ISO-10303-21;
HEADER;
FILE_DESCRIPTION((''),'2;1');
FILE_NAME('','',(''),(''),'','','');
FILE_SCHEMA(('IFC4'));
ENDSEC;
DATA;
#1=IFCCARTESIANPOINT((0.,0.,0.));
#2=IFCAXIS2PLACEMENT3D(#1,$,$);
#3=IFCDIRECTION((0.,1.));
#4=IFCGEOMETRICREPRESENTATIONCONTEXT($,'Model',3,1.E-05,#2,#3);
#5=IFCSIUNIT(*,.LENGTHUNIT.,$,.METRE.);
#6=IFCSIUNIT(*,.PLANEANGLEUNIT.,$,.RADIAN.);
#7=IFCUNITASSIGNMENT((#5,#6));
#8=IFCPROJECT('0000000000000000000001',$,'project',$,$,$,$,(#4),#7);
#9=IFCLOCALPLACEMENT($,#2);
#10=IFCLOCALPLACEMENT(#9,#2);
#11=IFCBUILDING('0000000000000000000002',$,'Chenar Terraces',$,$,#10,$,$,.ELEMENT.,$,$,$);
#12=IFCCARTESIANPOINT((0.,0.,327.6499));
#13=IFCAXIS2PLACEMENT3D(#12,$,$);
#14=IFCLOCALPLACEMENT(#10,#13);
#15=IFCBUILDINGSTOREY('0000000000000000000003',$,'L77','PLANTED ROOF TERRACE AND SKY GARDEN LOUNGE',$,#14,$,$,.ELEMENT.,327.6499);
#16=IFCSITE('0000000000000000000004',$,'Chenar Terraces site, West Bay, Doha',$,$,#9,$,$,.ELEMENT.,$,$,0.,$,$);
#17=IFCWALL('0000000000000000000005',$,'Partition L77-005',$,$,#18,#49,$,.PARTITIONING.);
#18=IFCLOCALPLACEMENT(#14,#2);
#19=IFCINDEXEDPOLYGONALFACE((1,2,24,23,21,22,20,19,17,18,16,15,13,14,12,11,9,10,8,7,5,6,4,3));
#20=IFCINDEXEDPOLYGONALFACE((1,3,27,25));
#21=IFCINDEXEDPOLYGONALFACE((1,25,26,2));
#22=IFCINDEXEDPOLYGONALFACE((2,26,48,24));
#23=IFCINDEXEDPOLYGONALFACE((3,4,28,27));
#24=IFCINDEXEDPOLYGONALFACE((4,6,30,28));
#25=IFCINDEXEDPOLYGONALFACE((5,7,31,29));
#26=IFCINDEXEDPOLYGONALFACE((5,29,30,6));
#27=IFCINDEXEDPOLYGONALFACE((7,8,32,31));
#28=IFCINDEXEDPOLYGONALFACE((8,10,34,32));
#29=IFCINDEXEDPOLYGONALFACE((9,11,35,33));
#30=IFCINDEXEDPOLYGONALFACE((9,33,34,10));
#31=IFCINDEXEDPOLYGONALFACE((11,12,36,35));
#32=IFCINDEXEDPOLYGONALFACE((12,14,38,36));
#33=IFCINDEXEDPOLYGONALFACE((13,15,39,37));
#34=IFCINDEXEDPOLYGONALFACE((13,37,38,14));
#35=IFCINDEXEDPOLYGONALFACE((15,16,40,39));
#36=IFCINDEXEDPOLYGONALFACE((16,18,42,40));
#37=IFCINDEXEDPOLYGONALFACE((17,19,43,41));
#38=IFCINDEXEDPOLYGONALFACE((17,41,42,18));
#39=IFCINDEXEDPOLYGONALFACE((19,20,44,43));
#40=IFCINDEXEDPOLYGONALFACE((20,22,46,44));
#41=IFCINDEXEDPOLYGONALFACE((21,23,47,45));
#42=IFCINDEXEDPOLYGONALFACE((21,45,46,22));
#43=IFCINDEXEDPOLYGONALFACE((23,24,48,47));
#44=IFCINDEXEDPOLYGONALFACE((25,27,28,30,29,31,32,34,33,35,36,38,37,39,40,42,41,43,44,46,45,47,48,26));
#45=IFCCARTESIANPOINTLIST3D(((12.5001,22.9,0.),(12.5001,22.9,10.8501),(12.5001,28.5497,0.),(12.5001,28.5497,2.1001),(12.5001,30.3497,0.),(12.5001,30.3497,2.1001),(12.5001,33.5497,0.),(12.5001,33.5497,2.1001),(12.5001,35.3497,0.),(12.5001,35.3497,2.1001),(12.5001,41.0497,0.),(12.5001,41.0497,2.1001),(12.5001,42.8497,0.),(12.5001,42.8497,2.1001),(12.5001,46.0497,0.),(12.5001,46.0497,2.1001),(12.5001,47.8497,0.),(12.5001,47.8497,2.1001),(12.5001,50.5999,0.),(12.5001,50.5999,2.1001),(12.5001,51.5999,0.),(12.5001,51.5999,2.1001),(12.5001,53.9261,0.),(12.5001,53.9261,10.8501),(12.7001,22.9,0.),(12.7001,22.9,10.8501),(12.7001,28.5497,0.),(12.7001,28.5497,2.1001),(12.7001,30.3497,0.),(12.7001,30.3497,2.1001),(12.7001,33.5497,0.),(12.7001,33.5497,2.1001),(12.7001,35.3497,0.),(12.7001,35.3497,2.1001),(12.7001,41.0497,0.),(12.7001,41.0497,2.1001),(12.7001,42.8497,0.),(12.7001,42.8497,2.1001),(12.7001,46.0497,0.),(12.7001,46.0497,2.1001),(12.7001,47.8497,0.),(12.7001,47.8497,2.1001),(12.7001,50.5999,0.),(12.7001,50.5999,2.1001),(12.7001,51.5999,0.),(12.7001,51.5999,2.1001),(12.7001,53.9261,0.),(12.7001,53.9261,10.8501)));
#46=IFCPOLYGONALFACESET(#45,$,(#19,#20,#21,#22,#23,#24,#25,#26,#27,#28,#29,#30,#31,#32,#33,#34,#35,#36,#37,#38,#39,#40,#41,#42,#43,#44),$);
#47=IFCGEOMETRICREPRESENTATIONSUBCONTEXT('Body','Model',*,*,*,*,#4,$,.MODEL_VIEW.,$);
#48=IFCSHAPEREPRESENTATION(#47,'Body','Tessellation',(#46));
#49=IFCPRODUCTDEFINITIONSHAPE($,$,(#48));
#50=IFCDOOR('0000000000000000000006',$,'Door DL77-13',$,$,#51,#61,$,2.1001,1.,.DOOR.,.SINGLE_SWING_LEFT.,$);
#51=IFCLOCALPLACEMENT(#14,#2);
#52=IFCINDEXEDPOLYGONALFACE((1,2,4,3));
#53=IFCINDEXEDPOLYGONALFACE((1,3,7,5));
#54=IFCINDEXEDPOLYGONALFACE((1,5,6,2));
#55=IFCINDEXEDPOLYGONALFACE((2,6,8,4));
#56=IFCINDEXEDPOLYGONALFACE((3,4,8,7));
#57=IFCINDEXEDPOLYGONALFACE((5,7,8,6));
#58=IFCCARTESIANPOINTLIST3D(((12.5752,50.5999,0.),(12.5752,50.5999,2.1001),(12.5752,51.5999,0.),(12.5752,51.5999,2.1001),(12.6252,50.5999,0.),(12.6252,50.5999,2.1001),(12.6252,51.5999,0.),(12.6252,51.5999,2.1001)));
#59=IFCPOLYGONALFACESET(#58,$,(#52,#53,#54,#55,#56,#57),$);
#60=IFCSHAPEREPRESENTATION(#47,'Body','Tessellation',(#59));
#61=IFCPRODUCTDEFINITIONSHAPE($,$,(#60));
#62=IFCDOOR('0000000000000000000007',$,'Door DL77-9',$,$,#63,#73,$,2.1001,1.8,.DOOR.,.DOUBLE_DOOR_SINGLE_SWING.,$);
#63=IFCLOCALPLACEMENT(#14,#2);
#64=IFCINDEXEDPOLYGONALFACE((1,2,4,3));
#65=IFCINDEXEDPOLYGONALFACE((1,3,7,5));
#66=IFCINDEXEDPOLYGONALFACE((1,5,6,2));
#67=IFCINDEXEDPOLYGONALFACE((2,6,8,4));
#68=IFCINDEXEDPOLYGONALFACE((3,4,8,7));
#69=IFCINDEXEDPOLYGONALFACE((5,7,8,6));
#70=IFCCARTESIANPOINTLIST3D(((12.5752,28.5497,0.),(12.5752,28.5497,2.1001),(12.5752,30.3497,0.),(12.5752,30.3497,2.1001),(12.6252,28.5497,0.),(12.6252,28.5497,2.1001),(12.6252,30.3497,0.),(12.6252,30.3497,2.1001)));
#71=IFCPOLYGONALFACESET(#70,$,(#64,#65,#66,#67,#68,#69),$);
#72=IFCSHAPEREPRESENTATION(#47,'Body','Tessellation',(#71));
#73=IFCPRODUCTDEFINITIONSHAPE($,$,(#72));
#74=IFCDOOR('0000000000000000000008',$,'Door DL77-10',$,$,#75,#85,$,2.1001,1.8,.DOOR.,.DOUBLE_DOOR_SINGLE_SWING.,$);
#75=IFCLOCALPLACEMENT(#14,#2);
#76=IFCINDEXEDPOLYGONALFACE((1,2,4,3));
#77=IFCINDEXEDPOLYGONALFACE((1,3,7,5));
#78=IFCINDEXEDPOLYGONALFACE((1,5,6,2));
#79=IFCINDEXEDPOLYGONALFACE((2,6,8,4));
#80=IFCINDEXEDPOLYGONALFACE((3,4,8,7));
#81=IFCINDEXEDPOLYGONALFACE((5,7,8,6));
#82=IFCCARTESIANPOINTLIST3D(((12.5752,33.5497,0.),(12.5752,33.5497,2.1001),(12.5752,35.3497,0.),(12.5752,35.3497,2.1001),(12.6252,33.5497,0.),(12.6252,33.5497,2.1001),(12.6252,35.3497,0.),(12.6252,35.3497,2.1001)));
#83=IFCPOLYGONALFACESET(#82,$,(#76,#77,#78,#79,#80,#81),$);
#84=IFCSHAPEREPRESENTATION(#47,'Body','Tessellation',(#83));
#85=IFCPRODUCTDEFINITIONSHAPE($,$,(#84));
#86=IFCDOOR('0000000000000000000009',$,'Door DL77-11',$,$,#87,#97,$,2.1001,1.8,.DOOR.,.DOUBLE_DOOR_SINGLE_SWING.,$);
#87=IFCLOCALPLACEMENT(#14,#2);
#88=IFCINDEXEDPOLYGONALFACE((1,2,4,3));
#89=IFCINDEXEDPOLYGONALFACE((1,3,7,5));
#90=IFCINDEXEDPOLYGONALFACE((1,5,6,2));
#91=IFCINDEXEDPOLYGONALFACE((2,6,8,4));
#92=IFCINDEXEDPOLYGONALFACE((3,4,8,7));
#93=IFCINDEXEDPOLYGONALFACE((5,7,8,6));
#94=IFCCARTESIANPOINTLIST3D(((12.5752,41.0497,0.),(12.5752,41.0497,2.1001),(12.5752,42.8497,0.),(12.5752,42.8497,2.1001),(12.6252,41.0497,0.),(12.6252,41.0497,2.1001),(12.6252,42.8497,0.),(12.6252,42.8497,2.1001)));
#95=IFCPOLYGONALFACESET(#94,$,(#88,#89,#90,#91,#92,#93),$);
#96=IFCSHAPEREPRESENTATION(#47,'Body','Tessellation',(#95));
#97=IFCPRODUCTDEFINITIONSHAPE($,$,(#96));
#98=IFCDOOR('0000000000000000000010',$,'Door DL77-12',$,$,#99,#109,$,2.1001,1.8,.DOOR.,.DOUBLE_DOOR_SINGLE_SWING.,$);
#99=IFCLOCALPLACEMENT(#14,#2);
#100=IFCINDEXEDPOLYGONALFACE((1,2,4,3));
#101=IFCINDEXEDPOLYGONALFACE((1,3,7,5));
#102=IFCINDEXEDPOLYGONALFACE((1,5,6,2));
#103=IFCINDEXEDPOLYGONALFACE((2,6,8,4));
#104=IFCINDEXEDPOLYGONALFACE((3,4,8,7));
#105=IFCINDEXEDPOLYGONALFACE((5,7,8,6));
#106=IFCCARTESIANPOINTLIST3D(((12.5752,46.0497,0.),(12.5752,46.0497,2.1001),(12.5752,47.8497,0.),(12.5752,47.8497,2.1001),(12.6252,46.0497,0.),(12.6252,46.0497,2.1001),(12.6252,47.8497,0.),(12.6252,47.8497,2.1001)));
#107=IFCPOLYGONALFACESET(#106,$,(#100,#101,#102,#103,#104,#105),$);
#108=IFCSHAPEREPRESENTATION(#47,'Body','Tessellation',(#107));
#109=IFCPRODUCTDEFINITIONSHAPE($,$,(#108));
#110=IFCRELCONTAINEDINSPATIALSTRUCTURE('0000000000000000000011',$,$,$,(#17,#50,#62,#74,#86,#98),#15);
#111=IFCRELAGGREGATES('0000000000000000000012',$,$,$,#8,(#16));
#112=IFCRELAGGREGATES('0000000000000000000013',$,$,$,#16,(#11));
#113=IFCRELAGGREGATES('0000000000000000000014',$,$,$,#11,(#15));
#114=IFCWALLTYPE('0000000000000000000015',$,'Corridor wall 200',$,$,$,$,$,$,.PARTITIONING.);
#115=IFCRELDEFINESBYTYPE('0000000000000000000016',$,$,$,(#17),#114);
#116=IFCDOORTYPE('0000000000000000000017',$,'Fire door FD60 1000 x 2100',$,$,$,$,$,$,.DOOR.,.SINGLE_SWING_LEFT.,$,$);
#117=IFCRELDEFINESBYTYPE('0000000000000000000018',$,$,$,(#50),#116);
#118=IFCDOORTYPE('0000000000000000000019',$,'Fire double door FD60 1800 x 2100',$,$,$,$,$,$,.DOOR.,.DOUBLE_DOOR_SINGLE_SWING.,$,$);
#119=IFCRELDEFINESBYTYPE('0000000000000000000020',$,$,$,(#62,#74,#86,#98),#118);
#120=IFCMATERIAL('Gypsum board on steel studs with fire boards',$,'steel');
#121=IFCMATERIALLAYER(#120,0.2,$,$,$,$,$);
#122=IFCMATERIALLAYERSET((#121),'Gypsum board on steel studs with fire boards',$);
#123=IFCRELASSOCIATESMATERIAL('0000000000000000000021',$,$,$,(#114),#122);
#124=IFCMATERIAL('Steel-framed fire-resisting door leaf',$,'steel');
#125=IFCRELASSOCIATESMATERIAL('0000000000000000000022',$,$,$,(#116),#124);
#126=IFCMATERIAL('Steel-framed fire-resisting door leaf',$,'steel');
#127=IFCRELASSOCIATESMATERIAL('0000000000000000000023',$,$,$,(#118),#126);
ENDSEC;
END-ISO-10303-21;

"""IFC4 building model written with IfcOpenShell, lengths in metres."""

from ifc_helpers import new_model, si_unit, direction, frame, frame_2d, origin, place, context, subcontext, project, spatial, rectangle, extrude, material, layer, layer_set, type_object, element, fill, save


model = new_model("IFC4")

# Units and contexts
model_context = context("Model", 3, precision=1e-05, world=origin(), true_north=direction((0.0, 1.0)))
body_context = subcontext(model_context, "Body", "Model", "MODEL_VIEW")
ifc_project = project(units=[si_unit("LENGTHUNIT", "METRE"), si_unit("PLANEANGLEUNIT", "RADIAN")], contexts=[model_context])

# Site, building, storey
site_placement = place(None, origin())
site = spatial("IfcSite", under=ifc_project, at=site_placement, Name="Chenar Terraces site, West Bay, Doha", CompositionType="ELEMENT", RefElevation=0.0)
building_placement = place(site_placement, origin())
building = spatial("IfcBuilding", under=site, at=building_placement, Name="Chenar Terraces", CompositionType="ELEMENT")
storey_placement = place(building_placement, frame((0.0, 0.0, 327.6499)))
storey = spatial("IfcBuildingStorey", under=building, at=storey_placement, Name="L77", Description="PLANTED ROOF TERRACE AND SKY GARDEN LOUNGE", CompositionType="ELEMENT", Elevation=327.6499)

# Wall, openings, doors
ifc_material_1 = material(Name="Gypsum board on steel studs with fire boards", Category="steel")
ifc_layer_1 = layer(ifc_material_1, 0.2)
ifc_layer_set_1 = layer_set([ifc_layer_1], Name="Gypsum board on steel studs with fire boards")
wall_type_1 = type_object("IfcWallType", Name="Corridor wall 200", PredefinedType="PARTITIONING", material=ifc_layer_set_1)
wall_1_placement = place(storey_placement, frame((12.6001, 22.8999, 0.0), z_axis=(0.0, 0.0, 1.0), x_axis=(0.0, 1.0, 0.0)))
wall_1 = element("IfcWall", 1, at=wall_1_placement, inside=storey, type_object=wall_type_1, Name="Partition L77-005", PredefinedType="PARTITIONING", context=body_context, shape_type="SweptSolid", body=[
    extrude(rectangle(XDim=31.0261, YDim=0.2, at=frame_2d((15.5132, 0.0))), origin(), (0.0, 0.0, 1.0), 10.8501),
])
opening_1_placement = place(wall_1_placement, frame((5.6499, 0.0, 0.0)))
opening_1 = element("IfcOpeningElement", 2, at=opening_1_placement, cuts=wall_1, PredefinedType="OPENING", context=body_context, shape_type="SweptSolid", body=[
    extrude(rectangle(XDim=1.8, YDim=2.1001, at=frame_2d((0.8999, 1.05))), frame((0.0, 0.1099, 0.0), z_axis=(0.0, -1.0, 0.0), x_axis=(1.0, 0.0, 0.0)), (0.0, 0.0, 1.0), 0.22),
])
opening_2_placement = place(wall_1_placement, frame((10.6499, 0.0, 0.0)))
opening_2 = element("IfcOpeningElement", 3, at=opening_2_placement, cuts=wall_1, PredefinedType="OPENING", context=body_context, shape_type="SweptSolid", body=[
    extrude(rectangle(XDim=1.8, YDim=2.1001, at=frame_2d((0.8999, 1.05))), frame((0.0, 0.1099, 0.0), z_axis=(0.0, -1.0, 0.0), x_axis=(1.0, 0.0, 0.0)), (0.0, 0.0, 1.0), 0.22),
])
opening_3_placement = place(wall_1_placement, frame((18.1499, 0.0, 0.0)))
opening_3 = element("IfcOpeningElement", 4, at=opening_3_placement, cuts=wall_1, PredefinedType="OPENING", context=body_context, shape_type="SweptSolid", body=[
    extrude(rectangle(XDim=1.8, YDim=2.1001, at=frame_2d((0.8999, 1.05))), frame((0.0, 0.1099, 0.0), z_axis=(0.0, -1.0, 0.0), x_axis=(1.0, 0.0, 0.0)), (0.0, 0.0, 1.0), 0.22),
])
opening_4_placement = place(wall_1_placement, frame((23.1499, 0.0, 0.0)))
opening_4 = element("IfcOpeningElement", 5, at=opening_4_placement, cuts=wall_1, PredefinedType="OPENING", context=body_context, shape_type="SweptSolid", body=[
    extrude(rectangle(XDim=1.8, YDim=2.1001, at=frame_2d((0.8999, 1.05))), frame((0.0, 0.1099, 0.0), z_axis=(0.0, -1.0, 0.0), x_axis=(1.0, 0.0, 0.0)), (0.0, 0.0, 1.0), 0.22),
])
opening_5_placement = place(wall_1_placement, frame((27.7, 0.0, 0.0)))
opening_5 = element("IfcOpeningElement", 6, at=opening_5_placement, cuts=wall_1, PredefinedType="OPENING", context=body_context, shape_type="SweptSolid", body=[
    extrude(rectangle(XDim=1.0, YDim=2.1001, at=frame_2d((0.5, 1.05))), frame((0.0, 0.1099, 0.0), z_axis=(0.0, -1.0, 0.0), x_axis=(1.0, 0.0, 0.0)), (0.0, 0.0, 1.0), 0.22),
])
ifc_material_2 = material(Name="Steel-framed fire-resisting door leaf", Category="steel")
door_type_1 = type_object("IfcDoorType", Name="Fire door FD60 1000 x 2100", OperationType="SINGLE_SWING_LEFT", PredefinedType="DOOR", material=ifc_material_2)
door_1_placement = place(opening_5_placement, origin())
door_1 = element("IfcDoor", 7, at=door_1_placement, inside=storey, type_object=door_type_1, Name="Door DL77-13", OperationType="SINGLE_SWING_LEFT", OverallHeight=2.1001, OverallWidth=1.0, PredefinedType="DOOR", context=body_context, shape_type="SweptSolid", body=[
    extrude(rectangle(XDim=1.0, YDim=2.1001, at=frame_2d((0.5, 1.05))), frame((0.0, 0.0249, 0.0), z_axis=(0.0, -1.0, 0.0), x_axis=(1.0, 0.0, 0.0)), (0.0, 0.0, 1.0), 0.05),
])
fill(opening_5, door_1)
ifc_material_3 = material(Name="Steel-framed fire-resisting door leaf", Category="steel")
door_type_2 = type_object("IfcDoorType", Name="Fire double door FD60 1800 x 2100", OperationType="DOUBLE_DOOR_SINGLE_SWING", PredefinedType="DOOR", material=ifc_material_3)
door_2_placement = place(opening_1_placement, origin())
door_2 = element("IfcDoor", 8, at=door_2_placement, inside=storey, type_object=door_type_2, Name="Door DL77-9", OperationType="DOUBLE_DOOR_SINGLE_SWING", OverallHeight=2.1001, OverallWidth=1.8, PredefinedType="DOOR", context=body_context, shape_type="SweptSolid", body=[
    extrude(rectangle(XDim=1.8, YDim=2.1001, at=frame_2d((0.8999, 1.05))), frame((0.0, 0.0249, 0.0), z_axis=(0.0, -1.0, 0.0), x_axis=(1.0, 0.0, 0.0)), (0.0, 0.0, 1.0), 0.05),
])
fill(opening_1, door_2)
door_3_placement = place(opening_2_placement, origin())
door_3 = element("IfcDoor", 9, at=door_3_placement, inside=storey, type_object=door_type_2, Name="Door DL77-10", OperationType="DOUBLE_DOOR_SINGLE_SWING", OverallHeight=2.1001, OverallWidth=1.8, PredefinedType="DOOR", context=body_context, shape_type="SweptSolid", body=[
    extrude(rectangle(XDim=1.8, YDim=2.1001, at=frame_2d((0.8999, 1.05))), frame((0.0, 0.0249, 0.0), z_axis=(0.0, -1.0, 0.0), x_axis=(1.0, 0.0, 0.0)), (0.0, 0.0, 1.0), 0.05),
])
fill(opening_2, door_3)
door_4_placement = place(opening_3_placement, origin())
door_4 = element("IfcDoor", 10, at=door_4_placement, inside=storey, type_object=door_type_2, Name="Door DL77-11", OperationType="DOUBLE_DOOR_SINGLE_SWING", OverallHeight=2.1001, OverallWidth=1.8, PredefinedType="DOOR", context=body_context, shape_type="SweptSolid", body=[
    extrude(rectangle(XDim=1.8, YDim=2.1001, at=frame_2d((0.8999, 1.05))), frame((0.0, 0.0249, 0.0), z_axis=(0.0, -1.0, 0.0), x_axis=(1.0, 0.0, 0.0)), (0.0, 0.0, 1.0), 0.05),
])
fill(opening_3, door_4)
door_5_placement = place(opening_4_placement, origin())
door_5 = element("IfcDoor", 11, at=door_5_placement, inside=storey, type_object=door_type_2, Name="Door DL77-12", OperationType="DOUBLE_DOOR_SINGLE_SWING", OverallHeight=2.1001, OverallWidth=1.8, PredefinedType="DOOR", context=body_context, shape_type="SweptSolid", body=[
    extrude(rectangle(XDim=1.8, YDim=2.1001, at=frame_2d((0.8999, 1.05))), frame((0.0, 0.0249, 0.0), z_axis=(0.0, -1.0, 0.0), x_axis=(1.0, 0.0, 0.0)), (0.0, 0.0, 1.0), 0.05),
])
fill(opening_4, door_5)

save(model, "model.ifc")
